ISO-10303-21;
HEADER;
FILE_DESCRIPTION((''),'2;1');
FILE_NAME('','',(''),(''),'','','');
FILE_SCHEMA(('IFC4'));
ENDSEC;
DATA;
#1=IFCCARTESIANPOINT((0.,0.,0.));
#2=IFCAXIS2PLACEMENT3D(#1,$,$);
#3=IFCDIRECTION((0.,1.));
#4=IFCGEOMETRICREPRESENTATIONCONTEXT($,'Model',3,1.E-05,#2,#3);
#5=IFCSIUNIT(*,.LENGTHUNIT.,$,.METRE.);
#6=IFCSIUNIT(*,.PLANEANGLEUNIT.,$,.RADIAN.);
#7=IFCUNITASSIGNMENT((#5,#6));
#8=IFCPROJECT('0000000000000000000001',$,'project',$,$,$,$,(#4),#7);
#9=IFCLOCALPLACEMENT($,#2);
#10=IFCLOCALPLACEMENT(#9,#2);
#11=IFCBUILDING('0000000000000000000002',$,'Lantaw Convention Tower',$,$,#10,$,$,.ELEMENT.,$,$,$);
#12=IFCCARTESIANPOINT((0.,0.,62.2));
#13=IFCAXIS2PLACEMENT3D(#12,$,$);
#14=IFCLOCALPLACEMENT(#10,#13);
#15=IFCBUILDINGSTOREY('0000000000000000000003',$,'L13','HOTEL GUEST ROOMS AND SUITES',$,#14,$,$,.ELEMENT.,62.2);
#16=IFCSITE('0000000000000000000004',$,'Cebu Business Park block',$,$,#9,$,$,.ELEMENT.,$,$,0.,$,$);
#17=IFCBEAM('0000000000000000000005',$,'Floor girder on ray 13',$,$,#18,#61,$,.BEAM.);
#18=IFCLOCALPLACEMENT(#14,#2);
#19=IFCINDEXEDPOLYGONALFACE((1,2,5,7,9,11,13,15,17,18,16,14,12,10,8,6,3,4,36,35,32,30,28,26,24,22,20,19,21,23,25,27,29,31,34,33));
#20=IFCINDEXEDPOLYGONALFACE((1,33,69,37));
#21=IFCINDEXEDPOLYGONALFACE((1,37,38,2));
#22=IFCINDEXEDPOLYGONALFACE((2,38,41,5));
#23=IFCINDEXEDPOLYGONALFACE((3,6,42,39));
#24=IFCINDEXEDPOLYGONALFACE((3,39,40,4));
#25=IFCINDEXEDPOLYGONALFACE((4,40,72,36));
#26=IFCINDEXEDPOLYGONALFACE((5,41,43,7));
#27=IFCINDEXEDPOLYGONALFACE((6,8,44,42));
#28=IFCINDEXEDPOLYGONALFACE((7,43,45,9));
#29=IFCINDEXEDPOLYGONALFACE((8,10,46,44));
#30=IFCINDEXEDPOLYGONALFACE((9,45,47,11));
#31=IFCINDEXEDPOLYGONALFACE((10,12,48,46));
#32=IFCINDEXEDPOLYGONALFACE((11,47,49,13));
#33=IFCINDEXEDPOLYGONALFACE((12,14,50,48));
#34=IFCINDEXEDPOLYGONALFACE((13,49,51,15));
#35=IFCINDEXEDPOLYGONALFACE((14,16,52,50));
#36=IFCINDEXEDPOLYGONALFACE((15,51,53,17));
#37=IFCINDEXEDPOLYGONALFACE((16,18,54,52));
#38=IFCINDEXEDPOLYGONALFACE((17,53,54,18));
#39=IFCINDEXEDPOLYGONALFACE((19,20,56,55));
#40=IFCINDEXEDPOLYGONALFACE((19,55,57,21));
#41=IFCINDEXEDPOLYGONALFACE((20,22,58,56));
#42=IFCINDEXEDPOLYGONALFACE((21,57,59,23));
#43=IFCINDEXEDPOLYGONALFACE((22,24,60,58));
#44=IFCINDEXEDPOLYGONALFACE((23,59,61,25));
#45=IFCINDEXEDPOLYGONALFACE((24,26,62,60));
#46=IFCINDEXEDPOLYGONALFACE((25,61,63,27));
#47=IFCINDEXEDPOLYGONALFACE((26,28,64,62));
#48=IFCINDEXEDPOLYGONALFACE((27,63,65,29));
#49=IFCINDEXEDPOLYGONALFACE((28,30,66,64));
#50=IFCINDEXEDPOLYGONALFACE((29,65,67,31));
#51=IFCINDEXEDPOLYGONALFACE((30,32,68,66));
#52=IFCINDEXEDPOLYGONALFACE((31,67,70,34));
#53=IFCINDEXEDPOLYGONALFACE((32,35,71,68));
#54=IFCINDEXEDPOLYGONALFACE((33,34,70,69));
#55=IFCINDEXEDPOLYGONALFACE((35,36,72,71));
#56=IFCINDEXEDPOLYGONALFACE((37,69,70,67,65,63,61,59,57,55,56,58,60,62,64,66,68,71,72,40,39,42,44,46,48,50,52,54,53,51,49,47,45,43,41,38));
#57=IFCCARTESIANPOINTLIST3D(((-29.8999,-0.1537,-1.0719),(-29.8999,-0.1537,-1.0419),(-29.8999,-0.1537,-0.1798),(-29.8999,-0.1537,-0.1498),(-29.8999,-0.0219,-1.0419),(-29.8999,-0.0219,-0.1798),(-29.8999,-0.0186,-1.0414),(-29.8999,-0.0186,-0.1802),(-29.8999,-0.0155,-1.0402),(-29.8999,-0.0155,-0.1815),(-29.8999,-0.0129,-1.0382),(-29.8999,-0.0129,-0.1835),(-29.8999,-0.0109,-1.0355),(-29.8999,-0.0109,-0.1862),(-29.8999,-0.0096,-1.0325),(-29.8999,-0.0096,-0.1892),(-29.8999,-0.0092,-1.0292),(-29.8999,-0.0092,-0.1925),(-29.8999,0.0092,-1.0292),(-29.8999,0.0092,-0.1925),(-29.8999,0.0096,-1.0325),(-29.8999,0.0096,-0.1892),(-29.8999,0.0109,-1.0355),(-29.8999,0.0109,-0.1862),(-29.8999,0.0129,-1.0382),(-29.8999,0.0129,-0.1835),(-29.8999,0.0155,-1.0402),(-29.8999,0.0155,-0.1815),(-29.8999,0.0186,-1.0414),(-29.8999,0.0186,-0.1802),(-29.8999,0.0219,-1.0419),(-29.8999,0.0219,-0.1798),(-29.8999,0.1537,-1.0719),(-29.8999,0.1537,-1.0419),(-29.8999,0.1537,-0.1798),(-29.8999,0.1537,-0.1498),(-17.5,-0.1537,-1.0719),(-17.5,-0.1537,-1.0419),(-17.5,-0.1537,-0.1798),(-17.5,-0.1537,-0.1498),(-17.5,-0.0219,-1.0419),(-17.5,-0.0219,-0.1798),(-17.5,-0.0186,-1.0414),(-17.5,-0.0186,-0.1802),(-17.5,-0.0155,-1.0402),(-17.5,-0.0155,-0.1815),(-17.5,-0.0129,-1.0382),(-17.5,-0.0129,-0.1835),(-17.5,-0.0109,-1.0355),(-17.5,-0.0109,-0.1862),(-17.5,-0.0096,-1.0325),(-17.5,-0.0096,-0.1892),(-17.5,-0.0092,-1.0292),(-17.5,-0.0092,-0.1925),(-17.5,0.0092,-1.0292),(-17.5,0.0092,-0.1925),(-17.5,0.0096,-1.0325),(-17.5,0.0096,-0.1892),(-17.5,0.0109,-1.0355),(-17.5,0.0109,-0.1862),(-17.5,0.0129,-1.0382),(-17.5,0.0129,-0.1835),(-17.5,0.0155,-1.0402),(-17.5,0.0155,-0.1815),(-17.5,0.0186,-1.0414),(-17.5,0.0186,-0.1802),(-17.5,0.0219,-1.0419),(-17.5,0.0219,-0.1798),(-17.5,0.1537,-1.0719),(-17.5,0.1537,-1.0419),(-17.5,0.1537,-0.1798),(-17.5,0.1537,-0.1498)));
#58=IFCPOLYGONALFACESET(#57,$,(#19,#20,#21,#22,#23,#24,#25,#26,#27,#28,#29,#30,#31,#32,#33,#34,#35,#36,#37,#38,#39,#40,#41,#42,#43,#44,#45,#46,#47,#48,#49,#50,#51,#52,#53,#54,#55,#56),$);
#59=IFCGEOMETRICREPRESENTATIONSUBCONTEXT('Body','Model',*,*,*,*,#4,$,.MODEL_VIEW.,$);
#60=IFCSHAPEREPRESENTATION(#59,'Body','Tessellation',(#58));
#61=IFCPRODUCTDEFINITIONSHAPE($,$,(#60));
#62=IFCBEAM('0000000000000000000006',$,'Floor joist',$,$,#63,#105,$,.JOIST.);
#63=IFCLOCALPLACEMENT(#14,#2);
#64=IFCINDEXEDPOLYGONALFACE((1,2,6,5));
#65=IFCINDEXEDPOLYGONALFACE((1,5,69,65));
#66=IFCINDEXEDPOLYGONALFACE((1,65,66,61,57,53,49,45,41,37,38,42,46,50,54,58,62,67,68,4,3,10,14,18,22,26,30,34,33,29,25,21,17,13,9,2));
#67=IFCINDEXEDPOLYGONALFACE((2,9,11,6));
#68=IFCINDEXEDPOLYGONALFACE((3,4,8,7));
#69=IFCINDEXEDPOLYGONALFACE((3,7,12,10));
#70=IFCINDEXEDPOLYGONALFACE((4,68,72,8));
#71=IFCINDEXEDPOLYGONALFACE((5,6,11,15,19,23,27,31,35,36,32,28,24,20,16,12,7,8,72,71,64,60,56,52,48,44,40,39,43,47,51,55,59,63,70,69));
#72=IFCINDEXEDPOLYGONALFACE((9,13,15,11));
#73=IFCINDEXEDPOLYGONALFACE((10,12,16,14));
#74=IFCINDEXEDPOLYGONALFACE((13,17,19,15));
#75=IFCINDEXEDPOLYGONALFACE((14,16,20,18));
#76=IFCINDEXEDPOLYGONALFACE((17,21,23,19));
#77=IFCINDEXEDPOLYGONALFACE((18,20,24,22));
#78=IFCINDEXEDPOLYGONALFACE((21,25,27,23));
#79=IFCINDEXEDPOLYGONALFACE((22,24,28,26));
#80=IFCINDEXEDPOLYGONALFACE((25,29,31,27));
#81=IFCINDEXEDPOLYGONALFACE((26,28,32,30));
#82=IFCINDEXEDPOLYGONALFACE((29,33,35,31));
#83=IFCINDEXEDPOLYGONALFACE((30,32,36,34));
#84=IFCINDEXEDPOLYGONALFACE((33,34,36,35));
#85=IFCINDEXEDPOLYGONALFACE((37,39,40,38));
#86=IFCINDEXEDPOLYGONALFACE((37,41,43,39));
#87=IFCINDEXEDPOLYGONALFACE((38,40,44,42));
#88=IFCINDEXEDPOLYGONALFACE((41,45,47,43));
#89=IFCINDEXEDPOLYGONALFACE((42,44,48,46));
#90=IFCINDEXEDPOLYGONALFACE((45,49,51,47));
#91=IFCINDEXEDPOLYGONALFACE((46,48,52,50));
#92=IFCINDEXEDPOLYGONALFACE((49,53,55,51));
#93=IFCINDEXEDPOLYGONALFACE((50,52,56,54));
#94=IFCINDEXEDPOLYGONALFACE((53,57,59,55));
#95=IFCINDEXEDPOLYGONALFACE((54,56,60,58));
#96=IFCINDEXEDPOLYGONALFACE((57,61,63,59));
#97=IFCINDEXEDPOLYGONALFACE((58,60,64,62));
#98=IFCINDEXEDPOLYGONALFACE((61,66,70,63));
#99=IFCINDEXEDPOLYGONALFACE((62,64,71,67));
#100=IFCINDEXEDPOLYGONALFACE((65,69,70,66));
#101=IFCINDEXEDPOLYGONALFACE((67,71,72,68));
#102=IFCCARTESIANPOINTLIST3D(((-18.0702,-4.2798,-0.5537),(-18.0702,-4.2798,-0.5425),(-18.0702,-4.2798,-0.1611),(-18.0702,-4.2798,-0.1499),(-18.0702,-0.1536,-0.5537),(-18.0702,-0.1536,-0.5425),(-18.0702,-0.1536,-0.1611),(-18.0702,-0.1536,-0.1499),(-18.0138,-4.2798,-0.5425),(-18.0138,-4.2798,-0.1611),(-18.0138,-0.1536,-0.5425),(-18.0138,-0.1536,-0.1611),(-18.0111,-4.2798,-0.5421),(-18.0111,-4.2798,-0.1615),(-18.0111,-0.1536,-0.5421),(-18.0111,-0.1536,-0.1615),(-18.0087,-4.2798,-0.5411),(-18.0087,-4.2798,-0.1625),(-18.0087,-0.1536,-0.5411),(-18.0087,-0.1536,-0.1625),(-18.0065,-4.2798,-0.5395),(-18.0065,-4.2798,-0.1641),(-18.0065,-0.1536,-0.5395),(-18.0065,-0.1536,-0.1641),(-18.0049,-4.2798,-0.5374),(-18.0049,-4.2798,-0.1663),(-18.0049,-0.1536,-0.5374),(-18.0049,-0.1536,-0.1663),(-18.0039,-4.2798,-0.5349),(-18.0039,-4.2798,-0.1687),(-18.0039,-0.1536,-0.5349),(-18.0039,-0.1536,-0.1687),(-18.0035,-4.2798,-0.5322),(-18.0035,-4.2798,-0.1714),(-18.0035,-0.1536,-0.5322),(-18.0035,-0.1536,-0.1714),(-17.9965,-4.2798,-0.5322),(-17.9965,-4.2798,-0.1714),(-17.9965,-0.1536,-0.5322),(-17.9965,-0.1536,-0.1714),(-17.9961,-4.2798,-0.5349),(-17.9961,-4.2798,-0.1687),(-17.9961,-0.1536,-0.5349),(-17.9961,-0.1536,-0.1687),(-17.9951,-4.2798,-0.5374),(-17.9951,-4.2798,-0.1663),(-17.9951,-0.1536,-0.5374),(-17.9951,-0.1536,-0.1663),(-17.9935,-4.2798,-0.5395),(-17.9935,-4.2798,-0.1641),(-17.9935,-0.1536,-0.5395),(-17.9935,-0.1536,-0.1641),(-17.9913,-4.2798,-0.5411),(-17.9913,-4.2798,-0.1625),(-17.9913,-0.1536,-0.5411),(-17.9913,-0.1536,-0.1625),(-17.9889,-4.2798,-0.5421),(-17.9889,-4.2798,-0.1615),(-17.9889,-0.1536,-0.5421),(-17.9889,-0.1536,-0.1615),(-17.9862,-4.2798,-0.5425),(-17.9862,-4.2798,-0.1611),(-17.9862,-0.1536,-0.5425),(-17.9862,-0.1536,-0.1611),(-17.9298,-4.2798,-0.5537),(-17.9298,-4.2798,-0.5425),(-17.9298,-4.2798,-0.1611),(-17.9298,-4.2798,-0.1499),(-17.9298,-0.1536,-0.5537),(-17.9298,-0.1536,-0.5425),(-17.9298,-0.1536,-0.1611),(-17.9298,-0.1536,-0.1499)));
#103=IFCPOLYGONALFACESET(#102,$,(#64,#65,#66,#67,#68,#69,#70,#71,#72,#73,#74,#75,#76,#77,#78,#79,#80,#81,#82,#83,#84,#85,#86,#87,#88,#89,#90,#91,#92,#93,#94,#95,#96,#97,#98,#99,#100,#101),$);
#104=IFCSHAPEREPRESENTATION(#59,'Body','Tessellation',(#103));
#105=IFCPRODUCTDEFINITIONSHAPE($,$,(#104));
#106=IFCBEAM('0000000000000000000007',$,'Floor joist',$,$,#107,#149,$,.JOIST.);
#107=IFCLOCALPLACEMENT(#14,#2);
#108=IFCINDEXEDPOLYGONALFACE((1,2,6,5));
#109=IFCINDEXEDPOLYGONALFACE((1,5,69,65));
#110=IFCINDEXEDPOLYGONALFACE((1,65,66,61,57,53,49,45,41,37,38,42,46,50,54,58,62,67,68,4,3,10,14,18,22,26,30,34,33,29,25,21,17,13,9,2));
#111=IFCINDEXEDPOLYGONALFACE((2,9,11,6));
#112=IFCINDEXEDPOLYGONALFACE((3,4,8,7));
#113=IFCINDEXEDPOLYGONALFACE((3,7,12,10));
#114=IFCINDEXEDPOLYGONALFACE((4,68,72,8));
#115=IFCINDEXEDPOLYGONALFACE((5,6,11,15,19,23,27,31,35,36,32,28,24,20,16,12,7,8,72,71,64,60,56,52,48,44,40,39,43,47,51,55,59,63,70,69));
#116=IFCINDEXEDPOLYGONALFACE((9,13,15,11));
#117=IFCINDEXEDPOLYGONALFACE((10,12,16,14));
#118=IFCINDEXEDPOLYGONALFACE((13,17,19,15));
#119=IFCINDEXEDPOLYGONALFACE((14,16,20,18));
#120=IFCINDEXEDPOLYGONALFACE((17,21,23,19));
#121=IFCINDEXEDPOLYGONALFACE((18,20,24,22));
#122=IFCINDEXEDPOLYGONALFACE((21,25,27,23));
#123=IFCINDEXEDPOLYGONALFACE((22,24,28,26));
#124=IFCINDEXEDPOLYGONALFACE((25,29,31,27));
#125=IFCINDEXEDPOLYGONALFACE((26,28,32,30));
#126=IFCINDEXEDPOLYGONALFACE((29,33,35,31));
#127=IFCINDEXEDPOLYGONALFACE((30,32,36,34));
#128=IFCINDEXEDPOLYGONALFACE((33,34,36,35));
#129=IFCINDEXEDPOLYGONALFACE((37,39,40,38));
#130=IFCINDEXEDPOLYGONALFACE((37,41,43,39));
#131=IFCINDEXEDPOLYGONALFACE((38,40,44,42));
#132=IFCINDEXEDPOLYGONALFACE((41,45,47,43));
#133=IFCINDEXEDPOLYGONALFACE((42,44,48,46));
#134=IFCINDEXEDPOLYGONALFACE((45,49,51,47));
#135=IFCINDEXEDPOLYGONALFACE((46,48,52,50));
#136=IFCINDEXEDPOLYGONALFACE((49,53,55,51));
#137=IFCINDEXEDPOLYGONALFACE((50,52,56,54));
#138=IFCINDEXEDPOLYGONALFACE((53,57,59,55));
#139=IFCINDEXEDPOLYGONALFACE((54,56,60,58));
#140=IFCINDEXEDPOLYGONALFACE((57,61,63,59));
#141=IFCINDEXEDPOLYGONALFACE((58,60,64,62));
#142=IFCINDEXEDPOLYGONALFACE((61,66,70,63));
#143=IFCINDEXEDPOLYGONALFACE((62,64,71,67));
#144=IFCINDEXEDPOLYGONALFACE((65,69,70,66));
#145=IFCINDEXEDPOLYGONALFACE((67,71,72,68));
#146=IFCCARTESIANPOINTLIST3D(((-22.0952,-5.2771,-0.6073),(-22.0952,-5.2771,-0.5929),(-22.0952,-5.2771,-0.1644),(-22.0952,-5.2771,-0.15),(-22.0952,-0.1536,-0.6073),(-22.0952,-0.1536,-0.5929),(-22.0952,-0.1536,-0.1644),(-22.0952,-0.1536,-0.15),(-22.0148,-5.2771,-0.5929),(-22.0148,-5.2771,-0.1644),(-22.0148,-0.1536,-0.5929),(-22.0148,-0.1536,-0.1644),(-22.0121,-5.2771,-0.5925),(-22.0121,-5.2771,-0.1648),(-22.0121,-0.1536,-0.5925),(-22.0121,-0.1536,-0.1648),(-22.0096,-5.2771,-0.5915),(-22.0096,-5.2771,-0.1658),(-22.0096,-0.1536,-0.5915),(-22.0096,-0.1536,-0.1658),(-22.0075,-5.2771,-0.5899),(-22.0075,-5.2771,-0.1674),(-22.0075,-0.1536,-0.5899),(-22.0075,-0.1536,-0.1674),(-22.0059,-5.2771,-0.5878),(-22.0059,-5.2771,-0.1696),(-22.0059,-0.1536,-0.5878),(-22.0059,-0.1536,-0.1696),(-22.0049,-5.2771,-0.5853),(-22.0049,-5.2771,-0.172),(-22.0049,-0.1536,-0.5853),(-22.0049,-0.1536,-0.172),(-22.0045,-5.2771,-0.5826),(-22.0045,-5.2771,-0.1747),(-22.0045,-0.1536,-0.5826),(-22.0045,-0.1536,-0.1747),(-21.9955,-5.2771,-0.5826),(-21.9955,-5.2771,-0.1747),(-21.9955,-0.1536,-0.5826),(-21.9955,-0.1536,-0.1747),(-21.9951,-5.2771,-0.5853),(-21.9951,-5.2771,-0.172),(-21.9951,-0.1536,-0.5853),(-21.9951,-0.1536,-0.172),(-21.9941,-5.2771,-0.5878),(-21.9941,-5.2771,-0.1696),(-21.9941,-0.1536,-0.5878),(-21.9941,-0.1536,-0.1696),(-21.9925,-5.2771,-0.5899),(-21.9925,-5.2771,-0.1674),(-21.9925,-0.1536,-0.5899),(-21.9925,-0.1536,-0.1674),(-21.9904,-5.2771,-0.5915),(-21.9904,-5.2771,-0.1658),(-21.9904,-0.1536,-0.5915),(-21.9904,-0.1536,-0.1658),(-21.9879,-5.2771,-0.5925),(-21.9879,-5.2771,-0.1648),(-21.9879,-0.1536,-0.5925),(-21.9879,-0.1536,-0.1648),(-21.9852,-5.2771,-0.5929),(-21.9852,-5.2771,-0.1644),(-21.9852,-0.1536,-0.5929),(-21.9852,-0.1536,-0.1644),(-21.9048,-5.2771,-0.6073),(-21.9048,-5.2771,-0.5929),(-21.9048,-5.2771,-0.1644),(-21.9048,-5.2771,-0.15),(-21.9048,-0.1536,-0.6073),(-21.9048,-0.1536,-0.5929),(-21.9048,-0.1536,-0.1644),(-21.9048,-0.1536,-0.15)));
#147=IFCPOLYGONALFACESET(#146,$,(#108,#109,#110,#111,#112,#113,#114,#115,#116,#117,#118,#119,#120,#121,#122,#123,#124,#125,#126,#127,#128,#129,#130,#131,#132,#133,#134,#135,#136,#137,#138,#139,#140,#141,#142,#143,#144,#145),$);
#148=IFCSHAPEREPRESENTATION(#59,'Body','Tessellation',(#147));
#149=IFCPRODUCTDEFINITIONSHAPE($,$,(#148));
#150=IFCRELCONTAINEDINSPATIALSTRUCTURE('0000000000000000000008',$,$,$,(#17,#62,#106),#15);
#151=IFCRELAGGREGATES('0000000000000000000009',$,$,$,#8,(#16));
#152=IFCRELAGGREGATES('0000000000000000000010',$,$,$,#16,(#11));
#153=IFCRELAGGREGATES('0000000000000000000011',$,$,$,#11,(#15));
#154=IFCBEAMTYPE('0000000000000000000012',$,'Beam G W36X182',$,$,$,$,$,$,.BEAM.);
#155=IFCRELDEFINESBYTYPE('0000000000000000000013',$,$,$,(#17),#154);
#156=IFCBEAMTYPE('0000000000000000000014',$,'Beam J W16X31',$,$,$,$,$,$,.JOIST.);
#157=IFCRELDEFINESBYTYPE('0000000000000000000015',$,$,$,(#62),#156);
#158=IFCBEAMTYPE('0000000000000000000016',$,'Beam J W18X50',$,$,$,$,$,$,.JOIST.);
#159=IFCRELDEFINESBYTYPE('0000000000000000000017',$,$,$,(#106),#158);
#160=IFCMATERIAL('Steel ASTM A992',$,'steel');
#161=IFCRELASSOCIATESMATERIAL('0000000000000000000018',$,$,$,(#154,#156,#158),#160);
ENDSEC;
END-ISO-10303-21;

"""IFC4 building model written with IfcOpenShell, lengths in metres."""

from ifc_helpers import new_model, si_unit, direction, frame, origin, origin_2d, place, context, subcontext, project, spatial, i_section, extrude, material, material_profile, profile_set, type_object, element, save


model = new_model("IFC4")

# Units and contexts
model_context = context("Model", 3, precision=1e-05, world=origin(), true_north=direction((0.0, 1.0)))
body_context = subcontext(model_context, "Body", "Model", "MODEL_VIEW")
ifc_project = project(units=[si_unit("LENGTHUNIT", "METRE"), si_unit("PLANEANGLEUNIT", "RADIAN")], contexts=[model_context])

# Site, building, storey
site_placement = place(None, origin())
site = spatial("IfcSite", under=ifc_project, at=site_placement, Name="Cebu Business Park block", CompositionType="ELEMENT", RefElevation=0.0)
building_placement = place(site_placement, origin())
building = spatial("IfcBuilding", under=site, at=building_placement, Name="Lantaw Convention Tower", CompositionType="ELEMENT")
storey_placement = place(building_placement, frame((0.0, 0.0, 62.2)))
storey = spatial("IfcBuildingStorey", under=building, at=storey_placement, Name="L13", Description="HOTEL GUEST ROOMS AND SUITES", CompositionType="ELEMENT", Elevation=62.2)

# Beams
ifc_material_1 = material(Name="Steel ASTM A992", Category="steel")
ifc_material_profile_1 = material_profile(ifc_material_1, i_section(OverallWidth=0.3074, OverallDepth=0.9221, WebThickness=0.0183, FlangeThickness=0.03, FilletRadius=0.0127, at=origin_2d()), Name="W36X182")
ifc_profile_set_1 = profile_set([ifc_material_profile_1], Name="Steel ASTM A992")
beam_type_1 = type_object("IfcBeamType", Name="Beam G W36X182", PredefinedType="BEAM", material=ifc_profile_set_1)
beam_1_placement = place(storey_placement, frame((-17.5, 0.0, -0.6108), z_axis=(-1.0, 0.0, 0.0), x_axis=(0.0, -1.0, 0.0)))
element("IfcBeam", 1, at=beam_1_placement, inside=storey, type_object=beam_type_1, Name="Floor girder on ray 13", PredefinedType="BEAM", context=body_context, shape_type="SweptSolid", body=[
    extrude(i_section(OverallWidth=0.3074, OverallDepth=0.9221, WebThickness=0.0183, FlangeThickness=0.03, FilletRadius=0.0127, at=origin_2d()), origin(), (0.0, 0.0, 1.0), 12.3999),
])
ifc_material_profile_2 = material_profile(ifc_material_1, i_section(OverallWidth=0.1404, OverallDepth=0.4038, WebThickness=0.0071, FlangeThickness=0.0112, FilletRadius=0.0103, at=origin_2d()), Name="W16X31")
ifc_profile_set_2 = profile_set([ifc_material_profile_2], Name="Steel ASTM A992")
beam_type_2 = type_object("IfcBeamType", Name="Beam J W16X31", PredefinedType="JOIST", material=ifc_profile_set_2)
beam_2_placement = place(storey_placement, frame((-18.0, -4.2798, -0.3518), z_axis=(0.0, 1.0, 0.0), x_axis=(-1.0, 0.0, 0.0)))
element("IfcBeam", 2, at=beam_2_placement, inside=storey, type_object=beam_type_2, Name="Floor joist", PredefinedType="JOIST", context=body_context, shape_type="SweptSolid", body=[
    extrude(i_section(OverallWidth=0.1404, OverallDepth=0.4038, WebThickness=0.0071, FlangeThickness=0.0112, FilletRadius=0.0103, at=origin_2d()), origin(), (0.0, 0.0, 1.0), 4.1262),
])
ifc_material_profile_3 = material_profile(ifc_material_1, i_section(OverallWidth=0.1904, OverallDepth=0.4573, WebThickness=0.009, FlangeThickness=0.0144, FilletRadius=0.0103, at=origin_2d()), Name="W18X50")
ifc_profile_set_3 = profile_set([ifc_material_profile_3], Name="Steel ASTM A992")
beam_type_3 = type_object("IfcBeamType", Name="Beam J W18X50", PredefinedType="JOIST", material=ifc_profile_set_3)
beam_3_placement = place(storey_placement, frame((-22.0, -5.2771, -0.3787), z_axis=(0.0, 1.0, 0.0), x_axis=(-1.0, 0.0, 0.0)))
element("IfcBeam", 3, at=beam_3_placement, inside=storey, type_object=beam_type_3, Name="Floor joist", PredefinedType="JOIST", context=body_context, shape_type="SweptSolid", body=[
    extrude(i_section(OverallWidth=0.1904, OverallDepth=0.4573, WebThickness=0.009, FlangeThickness=0.0144, FilletRadius=0.0103, at=origin_2d()), origin(), (0.0, 0.0, 1.0), 5.1235),
])

save(model, "model.ifc")
